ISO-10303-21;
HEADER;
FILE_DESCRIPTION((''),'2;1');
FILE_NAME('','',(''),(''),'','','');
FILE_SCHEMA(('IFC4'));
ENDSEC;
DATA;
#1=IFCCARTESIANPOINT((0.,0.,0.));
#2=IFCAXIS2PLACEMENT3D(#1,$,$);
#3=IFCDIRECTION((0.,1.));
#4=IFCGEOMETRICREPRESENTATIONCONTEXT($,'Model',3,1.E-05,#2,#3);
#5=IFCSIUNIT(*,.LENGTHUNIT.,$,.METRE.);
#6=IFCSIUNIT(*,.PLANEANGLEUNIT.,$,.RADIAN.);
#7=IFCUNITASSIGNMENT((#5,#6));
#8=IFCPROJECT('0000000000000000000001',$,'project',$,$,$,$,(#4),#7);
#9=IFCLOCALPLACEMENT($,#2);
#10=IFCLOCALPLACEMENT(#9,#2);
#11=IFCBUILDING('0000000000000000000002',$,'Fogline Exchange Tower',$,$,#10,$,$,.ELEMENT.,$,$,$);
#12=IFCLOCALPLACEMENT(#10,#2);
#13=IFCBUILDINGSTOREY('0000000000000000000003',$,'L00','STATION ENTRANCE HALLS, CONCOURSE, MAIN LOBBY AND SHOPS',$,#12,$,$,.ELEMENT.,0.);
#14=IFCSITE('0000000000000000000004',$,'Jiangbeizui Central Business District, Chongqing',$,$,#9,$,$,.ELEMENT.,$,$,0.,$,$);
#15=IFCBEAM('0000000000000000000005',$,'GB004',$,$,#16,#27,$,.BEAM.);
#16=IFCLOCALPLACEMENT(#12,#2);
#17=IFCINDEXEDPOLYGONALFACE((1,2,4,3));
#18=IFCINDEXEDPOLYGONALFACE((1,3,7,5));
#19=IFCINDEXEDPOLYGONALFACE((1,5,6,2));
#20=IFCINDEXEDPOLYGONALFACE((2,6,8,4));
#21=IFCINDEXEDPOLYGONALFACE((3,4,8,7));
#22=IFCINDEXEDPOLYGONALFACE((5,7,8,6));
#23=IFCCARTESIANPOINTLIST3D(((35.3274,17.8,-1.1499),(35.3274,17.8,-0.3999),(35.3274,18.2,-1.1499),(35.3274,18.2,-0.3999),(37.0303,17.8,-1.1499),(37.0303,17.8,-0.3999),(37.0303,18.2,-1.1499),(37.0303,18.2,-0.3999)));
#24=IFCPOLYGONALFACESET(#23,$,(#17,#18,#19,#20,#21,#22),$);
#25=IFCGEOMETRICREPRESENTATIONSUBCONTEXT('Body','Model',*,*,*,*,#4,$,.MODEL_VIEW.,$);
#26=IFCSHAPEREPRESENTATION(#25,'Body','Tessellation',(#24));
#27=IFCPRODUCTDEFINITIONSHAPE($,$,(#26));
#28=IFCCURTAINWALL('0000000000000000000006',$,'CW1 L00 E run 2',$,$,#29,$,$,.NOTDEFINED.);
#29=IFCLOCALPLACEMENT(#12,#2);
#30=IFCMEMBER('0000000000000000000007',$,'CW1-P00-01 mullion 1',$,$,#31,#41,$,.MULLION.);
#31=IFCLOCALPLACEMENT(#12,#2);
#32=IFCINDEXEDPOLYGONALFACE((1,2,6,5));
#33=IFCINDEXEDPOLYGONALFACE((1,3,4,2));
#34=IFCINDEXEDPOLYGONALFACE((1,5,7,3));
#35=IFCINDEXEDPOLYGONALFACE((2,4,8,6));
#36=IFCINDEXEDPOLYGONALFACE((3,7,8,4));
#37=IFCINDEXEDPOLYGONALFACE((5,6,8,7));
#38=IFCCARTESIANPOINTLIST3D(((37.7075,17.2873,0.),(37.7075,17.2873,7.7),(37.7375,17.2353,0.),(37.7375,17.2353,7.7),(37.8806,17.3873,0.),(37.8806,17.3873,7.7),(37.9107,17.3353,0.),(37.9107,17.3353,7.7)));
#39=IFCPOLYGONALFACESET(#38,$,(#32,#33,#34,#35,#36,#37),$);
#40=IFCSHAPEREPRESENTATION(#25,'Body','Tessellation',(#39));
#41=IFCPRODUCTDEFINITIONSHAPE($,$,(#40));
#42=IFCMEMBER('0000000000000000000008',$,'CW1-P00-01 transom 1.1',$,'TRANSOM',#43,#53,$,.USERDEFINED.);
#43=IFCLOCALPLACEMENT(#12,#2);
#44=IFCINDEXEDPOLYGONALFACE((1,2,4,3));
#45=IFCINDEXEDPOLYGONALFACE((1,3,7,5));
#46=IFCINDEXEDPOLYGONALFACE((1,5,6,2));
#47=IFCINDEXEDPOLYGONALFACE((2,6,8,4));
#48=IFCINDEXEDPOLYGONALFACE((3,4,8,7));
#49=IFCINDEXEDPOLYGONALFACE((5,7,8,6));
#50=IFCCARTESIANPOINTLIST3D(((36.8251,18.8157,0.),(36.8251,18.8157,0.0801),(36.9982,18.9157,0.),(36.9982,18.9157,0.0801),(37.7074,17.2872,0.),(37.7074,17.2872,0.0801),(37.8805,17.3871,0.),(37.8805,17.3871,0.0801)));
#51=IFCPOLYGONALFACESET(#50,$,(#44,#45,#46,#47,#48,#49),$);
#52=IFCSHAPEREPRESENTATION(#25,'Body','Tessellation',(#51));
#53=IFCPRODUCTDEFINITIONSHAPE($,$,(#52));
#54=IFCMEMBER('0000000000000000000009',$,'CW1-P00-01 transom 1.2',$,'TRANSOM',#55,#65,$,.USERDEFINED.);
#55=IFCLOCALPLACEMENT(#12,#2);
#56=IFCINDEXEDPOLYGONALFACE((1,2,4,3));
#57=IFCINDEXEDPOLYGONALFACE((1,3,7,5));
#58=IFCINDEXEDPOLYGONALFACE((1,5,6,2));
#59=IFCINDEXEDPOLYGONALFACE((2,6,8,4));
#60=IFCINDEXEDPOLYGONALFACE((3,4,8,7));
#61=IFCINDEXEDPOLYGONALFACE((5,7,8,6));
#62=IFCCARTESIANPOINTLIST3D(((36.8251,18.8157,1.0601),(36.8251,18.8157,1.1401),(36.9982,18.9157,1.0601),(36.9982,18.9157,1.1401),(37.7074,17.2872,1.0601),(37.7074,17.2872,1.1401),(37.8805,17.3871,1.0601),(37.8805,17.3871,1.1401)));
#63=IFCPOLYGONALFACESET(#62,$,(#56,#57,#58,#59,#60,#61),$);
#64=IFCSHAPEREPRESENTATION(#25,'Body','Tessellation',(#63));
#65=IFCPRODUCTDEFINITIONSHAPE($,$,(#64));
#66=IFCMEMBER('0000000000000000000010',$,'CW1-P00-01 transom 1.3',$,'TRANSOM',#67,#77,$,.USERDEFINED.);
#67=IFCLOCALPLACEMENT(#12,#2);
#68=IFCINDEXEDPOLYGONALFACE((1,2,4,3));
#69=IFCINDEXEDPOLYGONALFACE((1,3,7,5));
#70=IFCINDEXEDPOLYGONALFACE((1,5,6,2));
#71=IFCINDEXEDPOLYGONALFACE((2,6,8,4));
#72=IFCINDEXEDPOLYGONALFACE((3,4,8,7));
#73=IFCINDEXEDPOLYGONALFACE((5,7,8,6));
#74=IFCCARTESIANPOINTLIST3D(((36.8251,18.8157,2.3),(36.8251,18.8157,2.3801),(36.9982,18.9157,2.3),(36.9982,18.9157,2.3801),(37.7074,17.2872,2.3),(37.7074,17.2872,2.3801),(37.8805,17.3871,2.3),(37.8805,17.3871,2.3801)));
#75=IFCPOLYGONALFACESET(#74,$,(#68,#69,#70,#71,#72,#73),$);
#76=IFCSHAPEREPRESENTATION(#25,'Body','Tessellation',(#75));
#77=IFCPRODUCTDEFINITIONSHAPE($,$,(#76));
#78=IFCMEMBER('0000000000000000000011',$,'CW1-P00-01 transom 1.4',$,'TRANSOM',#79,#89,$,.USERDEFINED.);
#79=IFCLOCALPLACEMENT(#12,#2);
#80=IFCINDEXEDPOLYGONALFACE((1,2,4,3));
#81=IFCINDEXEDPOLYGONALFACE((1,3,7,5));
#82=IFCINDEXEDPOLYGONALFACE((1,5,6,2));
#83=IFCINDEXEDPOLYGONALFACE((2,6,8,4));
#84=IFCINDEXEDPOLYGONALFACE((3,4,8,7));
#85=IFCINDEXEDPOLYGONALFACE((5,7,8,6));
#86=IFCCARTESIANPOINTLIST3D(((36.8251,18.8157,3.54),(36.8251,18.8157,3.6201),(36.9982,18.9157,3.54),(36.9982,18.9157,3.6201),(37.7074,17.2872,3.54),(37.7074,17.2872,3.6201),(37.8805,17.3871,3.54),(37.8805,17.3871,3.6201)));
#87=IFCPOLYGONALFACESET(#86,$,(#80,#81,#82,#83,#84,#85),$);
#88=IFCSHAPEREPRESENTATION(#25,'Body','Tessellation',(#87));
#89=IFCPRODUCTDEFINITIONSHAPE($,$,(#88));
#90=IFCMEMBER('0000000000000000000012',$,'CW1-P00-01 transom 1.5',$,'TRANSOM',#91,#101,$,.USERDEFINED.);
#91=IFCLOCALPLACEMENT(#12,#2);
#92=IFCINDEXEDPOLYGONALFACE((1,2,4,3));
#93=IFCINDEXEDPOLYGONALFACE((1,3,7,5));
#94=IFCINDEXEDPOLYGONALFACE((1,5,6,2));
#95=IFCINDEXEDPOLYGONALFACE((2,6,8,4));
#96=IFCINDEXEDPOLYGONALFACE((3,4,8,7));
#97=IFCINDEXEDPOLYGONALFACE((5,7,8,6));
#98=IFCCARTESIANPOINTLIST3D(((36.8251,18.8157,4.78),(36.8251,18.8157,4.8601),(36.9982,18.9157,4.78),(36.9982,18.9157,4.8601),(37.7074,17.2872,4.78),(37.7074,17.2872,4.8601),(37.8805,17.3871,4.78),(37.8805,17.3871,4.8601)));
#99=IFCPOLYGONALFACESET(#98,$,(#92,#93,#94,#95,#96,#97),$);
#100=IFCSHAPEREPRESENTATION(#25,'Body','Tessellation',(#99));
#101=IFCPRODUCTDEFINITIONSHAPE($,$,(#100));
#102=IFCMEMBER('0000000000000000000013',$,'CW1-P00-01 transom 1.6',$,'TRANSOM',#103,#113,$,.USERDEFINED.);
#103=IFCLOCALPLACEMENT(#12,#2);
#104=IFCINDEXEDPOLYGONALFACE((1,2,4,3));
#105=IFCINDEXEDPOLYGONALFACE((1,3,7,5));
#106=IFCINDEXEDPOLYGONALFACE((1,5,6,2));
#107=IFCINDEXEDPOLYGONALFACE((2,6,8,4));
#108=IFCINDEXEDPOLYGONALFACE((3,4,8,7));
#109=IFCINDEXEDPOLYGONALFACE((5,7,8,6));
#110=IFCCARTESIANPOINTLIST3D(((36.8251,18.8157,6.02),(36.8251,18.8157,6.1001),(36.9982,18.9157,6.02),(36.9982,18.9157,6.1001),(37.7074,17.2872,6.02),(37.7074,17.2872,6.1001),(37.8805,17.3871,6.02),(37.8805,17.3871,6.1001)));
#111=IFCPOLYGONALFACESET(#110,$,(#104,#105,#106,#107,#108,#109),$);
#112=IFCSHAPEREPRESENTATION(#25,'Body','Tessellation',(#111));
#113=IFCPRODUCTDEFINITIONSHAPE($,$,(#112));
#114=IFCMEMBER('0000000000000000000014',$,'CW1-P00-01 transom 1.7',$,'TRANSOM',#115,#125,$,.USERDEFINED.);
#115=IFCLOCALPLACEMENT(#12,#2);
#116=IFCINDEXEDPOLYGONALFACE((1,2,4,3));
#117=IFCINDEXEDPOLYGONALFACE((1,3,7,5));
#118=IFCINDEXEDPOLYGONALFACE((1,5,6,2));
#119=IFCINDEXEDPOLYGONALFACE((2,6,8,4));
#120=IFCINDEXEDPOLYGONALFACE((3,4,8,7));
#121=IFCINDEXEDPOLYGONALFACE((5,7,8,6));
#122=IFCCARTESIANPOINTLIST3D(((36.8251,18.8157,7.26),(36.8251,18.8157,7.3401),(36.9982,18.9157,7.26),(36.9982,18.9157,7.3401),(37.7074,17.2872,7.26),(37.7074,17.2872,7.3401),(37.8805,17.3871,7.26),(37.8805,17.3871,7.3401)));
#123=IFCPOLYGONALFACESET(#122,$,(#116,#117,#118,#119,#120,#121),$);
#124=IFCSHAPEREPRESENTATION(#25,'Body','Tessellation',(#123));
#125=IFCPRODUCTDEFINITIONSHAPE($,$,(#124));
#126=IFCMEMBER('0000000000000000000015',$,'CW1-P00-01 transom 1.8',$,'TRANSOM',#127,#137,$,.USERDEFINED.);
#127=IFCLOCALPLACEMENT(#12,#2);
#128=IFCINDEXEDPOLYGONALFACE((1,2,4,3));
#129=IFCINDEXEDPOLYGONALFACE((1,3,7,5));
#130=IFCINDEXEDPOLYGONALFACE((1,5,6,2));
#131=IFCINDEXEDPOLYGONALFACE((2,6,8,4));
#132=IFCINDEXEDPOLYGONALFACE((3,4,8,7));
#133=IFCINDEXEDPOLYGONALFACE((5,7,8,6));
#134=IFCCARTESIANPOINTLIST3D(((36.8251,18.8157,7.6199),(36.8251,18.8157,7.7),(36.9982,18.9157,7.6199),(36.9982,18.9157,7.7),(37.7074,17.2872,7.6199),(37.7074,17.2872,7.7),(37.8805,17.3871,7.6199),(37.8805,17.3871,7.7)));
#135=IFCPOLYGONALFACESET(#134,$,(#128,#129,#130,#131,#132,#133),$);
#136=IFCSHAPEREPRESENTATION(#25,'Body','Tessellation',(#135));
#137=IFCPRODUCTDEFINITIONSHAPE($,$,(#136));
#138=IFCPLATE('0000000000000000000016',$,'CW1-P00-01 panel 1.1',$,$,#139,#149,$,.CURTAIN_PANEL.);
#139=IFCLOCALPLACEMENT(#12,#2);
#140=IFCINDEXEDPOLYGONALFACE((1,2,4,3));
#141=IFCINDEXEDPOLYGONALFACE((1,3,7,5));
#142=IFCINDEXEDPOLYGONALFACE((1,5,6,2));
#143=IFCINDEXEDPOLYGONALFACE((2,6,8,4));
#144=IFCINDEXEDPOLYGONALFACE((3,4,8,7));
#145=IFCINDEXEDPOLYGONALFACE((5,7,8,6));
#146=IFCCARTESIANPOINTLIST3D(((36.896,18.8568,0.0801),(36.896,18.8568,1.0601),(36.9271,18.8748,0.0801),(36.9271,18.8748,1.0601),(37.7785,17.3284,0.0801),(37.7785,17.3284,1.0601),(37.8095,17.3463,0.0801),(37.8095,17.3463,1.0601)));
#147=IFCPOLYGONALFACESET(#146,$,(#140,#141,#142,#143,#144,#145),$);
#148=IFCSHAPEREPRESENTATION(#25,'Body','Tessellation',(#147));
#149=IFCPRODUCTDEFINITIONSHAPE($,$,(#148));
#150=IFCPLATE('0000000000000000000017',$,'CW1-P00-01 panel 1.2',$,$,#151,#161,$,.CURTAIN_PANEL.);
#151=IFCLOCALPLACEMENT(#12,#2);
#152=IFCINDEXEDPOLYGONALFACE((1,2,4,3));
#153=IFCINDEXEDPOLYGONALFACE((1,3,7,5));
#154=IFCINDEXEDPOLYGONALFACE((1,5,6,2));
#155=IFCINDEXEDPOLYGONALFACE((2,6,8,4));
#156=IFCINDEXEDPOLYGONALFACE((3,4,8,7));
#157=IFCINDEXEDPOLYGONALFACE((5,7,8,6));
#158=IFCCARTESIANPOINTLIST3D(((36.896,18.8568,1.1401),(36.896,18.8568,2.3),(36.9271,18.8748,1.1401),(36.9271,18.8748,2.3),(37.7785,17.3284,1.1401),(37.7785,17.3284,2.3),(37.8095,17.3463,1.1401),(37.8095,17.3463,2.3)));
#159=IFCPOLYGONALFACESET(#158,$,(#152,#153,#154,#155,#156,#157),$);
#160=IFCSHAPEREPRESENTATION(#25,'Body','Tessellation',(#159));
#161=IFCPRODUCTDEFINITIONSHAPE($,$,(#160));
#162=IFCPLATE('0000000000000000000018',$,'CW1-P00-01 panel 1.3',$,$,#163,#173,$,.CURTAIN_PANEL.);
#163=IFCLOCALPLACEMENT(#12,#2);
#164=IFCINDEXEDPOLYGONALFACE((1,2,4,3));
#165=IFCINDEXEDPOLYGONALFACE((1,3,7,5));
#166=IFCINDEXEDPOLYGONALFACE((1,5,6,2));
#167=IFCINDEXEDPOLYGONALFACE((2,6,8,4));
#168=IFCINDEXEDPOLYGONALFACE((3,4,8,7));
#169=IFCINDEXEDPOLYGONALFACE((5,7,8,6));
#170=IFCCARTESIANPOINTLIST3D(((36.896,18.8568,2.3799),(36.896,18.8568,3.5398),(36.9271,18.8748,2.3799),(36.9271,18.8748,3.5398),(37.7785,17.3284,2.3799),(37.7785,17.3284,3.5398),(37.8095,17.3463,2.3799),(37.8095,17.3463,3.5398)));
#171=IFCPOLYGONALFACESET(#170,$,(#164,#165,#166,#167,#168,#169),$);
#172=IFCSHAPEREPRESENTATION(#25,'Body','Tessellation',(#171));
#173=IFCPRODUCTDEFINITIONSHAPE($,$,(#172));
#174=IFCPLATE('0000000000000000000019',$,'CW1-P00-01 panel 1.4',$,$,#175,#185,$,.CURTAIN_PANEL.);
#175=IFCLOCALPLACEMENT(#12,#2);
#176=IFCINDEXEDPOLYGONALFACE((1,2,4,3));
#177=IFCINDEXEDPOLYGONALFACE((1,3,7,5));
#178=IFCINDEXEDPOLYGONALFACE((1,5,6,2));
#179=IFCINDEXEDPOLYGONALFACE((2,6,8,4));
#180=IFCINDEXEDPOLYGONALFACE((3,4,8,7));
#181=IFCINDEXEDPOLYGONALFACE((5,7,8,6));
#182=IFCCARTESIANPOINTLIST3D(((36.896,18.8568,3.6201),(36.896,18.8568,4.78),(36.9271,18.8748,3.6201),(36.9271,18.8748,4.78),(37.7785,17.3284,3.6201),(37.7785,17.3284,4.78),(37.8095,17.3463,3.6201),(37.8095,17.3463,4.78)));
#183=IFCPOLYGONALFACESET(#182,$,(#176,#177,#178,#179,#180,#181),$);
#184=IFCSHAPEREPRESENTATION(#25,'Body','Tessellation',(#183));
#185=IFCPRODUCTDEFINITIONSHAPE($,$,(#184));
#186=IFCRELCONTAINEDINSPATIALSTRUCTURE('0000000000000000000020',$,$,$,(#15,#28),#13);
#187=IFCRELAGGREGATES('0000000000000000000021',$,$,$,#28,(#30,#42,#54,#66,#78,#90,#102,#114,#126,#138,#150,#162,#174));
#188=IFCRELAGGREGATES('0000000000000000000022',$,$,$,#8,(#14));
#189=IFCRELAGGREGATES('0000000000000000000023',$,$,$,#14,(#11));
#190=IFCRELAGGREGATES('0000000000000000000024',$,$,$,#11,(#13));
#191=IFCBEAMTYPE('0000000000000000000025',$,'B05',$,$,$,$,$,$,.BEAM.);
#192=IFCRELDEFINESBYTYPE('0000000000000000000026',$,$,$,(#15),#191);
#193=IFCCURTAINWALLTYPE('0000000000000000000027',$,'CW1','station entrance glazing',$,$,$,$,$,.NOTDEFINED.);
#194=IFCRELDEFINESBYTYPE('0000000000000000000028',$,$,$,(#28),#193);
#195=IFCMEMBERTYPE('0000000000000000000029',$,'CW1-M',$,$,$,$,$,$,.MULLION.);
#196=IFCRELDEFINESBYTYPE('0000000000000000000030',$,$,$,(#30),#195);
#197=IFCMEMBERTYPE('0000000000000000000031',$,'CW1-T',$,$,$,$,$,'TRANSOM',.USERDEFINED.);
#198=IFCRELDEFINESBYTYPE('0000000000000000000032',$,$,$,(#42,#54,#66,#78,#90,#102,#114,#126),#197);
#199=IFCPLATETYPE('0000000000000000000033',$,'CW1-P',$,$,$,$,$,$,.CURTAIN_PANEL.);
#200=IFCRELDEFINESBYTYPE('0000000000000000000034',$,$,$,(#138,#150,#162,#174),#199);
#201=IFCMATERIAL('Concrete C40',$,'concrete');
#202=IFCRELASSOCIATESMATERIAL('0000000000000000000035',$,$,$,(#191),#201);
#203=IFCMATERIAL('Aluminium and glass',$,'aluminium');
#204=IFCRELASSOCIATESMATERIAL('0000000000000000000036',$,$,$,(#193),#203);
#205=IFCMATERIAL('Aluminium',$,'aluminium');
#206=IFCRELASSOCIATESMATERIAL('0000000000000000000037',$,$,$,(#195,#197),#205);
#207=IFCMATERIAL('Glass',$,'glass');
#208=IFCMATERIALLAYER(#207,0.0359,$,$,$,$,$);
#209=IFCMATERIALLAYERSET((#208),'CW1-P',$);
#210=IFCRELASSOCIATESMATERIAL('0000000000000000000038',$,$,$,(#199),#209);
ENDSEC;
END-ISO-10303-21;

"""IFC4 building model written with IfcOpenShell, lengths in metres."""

from ifc_helpers import new_model, si_unit, direction, frame, origin, origin_2d, place, context, subcontext, project, spatial, rectangle, extrude, material, layer, layer_set, material_profile, profile_set, type_object, element, aggregate, save


model = new_model("IFC4")

# Units and contexts
model_context = context("Model", 3, precision=1e-05, world=origin(), true_north=direction((0.0, 1.0)))
body_context = subcontext(model_context, "Body", "Model", "MODEL_VIEW")
ifc_project = project(units=[si_unit("LENGTHUNIT", "METRE"), si_unit("PLANEANGLEUNIT", "RADIAN")], contexts=[model_context])

# Site, building, storey
site_placement = place(None, origin())
site = spatial("IfcSite", under=ifc_project, at=site_placement, Name="Jiangbeizui Central Business District, Chongqing", CompositionType="ELEMENT", RefElevation=0.0)
building_placement = place(site_placement, origin())
building = spatial("IfcBuilding", under=site, at=building_placement, Name="Fogline Exchange Tower", CompositionType="ELEMENT")
storey_placement = place(building_placement, origin())
storey = spatial("IfcBuildingStorey", under=building, at=storey_placement, Name="L00", Description="STATION ENTRANCE HALLS, CONCOURSE, MAIN LOBBY AND SHOPS", CompositionType="ELEMENT", Elevation=0.0)

# Beam
ifc_material_1 = material(Name="Concrete C40", Category="concrete")
ifc_material_profile_1 = material_profile(ifc_material_1, rectangle(XDim=0.3999, YDim=0.75, at=origin_2d()), Name="RC 400x750")
ifc_profile_set_1 = profile_set([ifc_material_profile_1], Name="Concrete C40")
beam_type = type_object("IfcBeamType", Name="B05", PredefinedType="BEAM", material=ifc_profile_set_1)
beam_placement = place(storey_placement, frame((35.3274, 18.0, -0.7749), z_axis=(1.0, 0.0, 0.0), x_axis=(0.0, 1.0, 0.0)))
element("IfcBeam", 1, at=beam_placement, inside=storey, type_object=beam_type, Name="GB004", PredefinedType="BEAM", context=body_context, shape_type="SweptSolid", body=[
    extrude(rectangle(XDim=0.3999, YDim=0.75, at=origin_2d()), origin(), (0.0, 0.0, 1.0), 1.7029),
])

# Curtain wall, members, plates
ifc_material_2 = material(Name="Aluminium and glass", Category="aluminium")
curtain_wall_type = type_object("IfcCurtainWallType", Name="CW1", Description="station entrance glazing", PredefinedType="NOTDEFINED", material=ifc_material_2)
curtain_wall_placement = place(storey_placement, origin())
curtain_wall = element("IfcCurtainWall", 2, at=curtain_wall_placement, inside=storey, type_object=curtain_wall_type, Name="CW1 L00 E run 2", PredefinedType="NOTDEFINED")
ifc_material_3 = material(Name="Aluminium", Category="aluminium")
ifc_material_profile_2 = material_profile(ifc_material_3, rectangle(XDim=0.2, YDim=0.0601, at=origin_2d()), Name="Mullion 60x200")
ifc_profile_set_2 = profile_set([ifc_material_profile_2], Name="Aluminium")
member_type_1 = type_object("IfcMemberType", Name="CW1-M", PredefinedType="MULLION", material=ifc_profile_set_2)
member_1_placement = place(storey_placement, frame((37.8091, 17.3113, 0.0), z_axis=(0.0, 0.0, 1.0), x_axis=(-0.866026, -0.5, 0.0)))
member_1 = element("IfcMember", 3, at=member_1_placement, type_object=member_type_1, Name="CW1-P00-01 mullion 1", PredefinedType="MULLION", context=body_context, shape_type="SweptSolid", body=[
    extrude(rectangle(XDim=0.2, YDim=0.0601, at=origin_2d()), origin(), (0.0, 0.0, 1.0), 7.7),
])
ifc_material_profile_3 = material_profile(ifc_material_3, rectangle(XDim=0.2, YDim=0.0801, at=origin_2d()), Name="Transom 80x200")
ifc_profile_set_3 = profile_set([ifc_material_profile_3], Name="Aluminium")
member_type_2 = type_object("IfcMemberType", Name="CW1-T", ElementType="TRANSOM", PredefinedType="USERDEFINED", material=ifc_profile_set_3)
member_2_placement = place(storey_placement, frame((37.7939, 17.3372, 0.04), z_axis=(-0.499918, 0.866073, 0.0), x_axis=(-0.866073, -0.499918, 0.0)))
member_2 = element("IfcMember", 4, at=member_2_placement, type_object=member_type_2, Name="CW1-P00-01 transom 1.1", ObjectType="TRANSOM", PredefinedType="USERDEFINED", context=body_context, shape_type="SweptSolid", body=[
    extrude(rectangle(XDim=0.2, YDim=0.0801, at=origin_2d()), origin(), (0.0, 0.0, 1.0), 1.7649),
])
member_3_placement = place(storey_placement, frame((37.7939, 17.3372, 1.1001), z_axis=(-0.499918, 0.866073, 0.0), x_axis=(-0.866073, -0.499918, 0.0)))
member_3 = element("IfcMember", 5, at=member_3_placement, type_object=member_type_2, Name="CW1-P00-01 transom 1.2", ObjectType="TRANSOM", PredefinedType="USERDEFINED", context=body_context, shape_type="SweptSolid", body=[
    extrude(rectangle(XDim=0.2, YDim=0.0801, at=origin_2d()), origin(), (0.0, 0.0, 1.0), 1.7649),
])
member_4_placement = place(storey_placement, frame((37.7939, 17.3372, 2.3401), z_axis=(-0.499918, 0.866073, 0.0), x_axis=(-0.866073, -0.499918, 0.0)))
member_4 = element("IfcMember", 6, at=member_4_placement, type_object=member_type_2, Name="CW1-P00-01 transom 1.3", ObjectType="TRANSOM", PredefinedType="USERDEFINED", context=body_context, shape_type="SweptSolid", body=[
    extrude(rectangle(XDim=0.2, YDim=0.0801, at=origin_2d()), origin(), (0.0, 0.0, 1.0), 1.7649),
])
member_5_placement = place(storey_placement, frame((37.7939, 17.3372, 3.5801), z_axis=(-0.499918, 0.866073, 0.0), x_axis=(-0.866073, -0.499918, 0.0)))
member_5 = element("IfcMember", 7, at=member_5_placement, type_object=member_type_2, Name="CW1-P00-01 transom 1.4", ObjectType="TRANSOM", PredefinedType="USERDEFINED", context=body_context, shape_type="SweptSolid", body=[
    extrude(rectangle(XDim=0.2, YDim=0.0801, at=origin_2d()), origin(), (0.0, 0.0, 1.0), 1.7649),
])
member_6_placement = place(storey_placement, frame((37.7939, 17.3372, 4.8201), z_axis=(-0.499918, 0.866073, 0.0), x_axis=(-0.866073, -0.499918, 0.0)))
member_6 = element("IfcMember", 8, at=member_6_placement, type_object=member_type_2, Name="CW1-P00-01 transom 1.5", ObjectType="TRANSOM", PredefinedType="USERDEFINED", context=body_context, shape_type="SweptSolid", body=[
    extrude(rectangle(XDim=0.2, YDim=0.0801, at=origin_2d()), origin(), (0.0, 0.0, 1.0), 1.7649),
])
member_7_placement = place(storey_placement, frame((37.7939, 17.3372, 6.0601), z_axis=(-0.499918, 0.866073, 0.0), x_axis=(-0.866073, -0.499918, 0.0)))
member_7 = element("IfcMember", 9, at=member_7_placement, type_object=member_type_2, Name="CW1-P00-01 transom 1.6", ObjectType="TRANSOM", PredefinedType="USERDEFINED", context=body_context, shape_type="SweptSolid", body=[
    extrude(rectangle(XDim=0.2, YDim=0.0801, at=origin_2d()), origin(), (0.0, 0.0, 1.0), 1.7649),
])
member_8_placement = place(storey_placement, frame((37.7939, 17.3372, 7.3), z_axis=(-0.499918, 0.866073, 0.0), x_axis=(-0.866073, -0.499918, 0.0)))
member_8 = element("IfcMember", 10, at=member_8_placement, type_object=member_type_2, Name="CW1-P00-01 transom 1.7", ObjectType="TRANSOM", PredefinedType="USERDEFINED", context=body_context, shape_type="SweptSolid", body=[
    extrude(rectangle(XDim=0.2, YDim=0.0801, at=origin_2d()), origin(), (0.0, 0.0, 1.0), 1.7649),
])
member_9_placement = place(storey_placement, frame((37.7939, 17.3372, 7.6599), z_axis=(-0.499918, 0.866073, 0.0), x_axis=(-0.866073, -0.499918, 0.0)))
member_9 = element("IfcMember", 11, at=member_9_placement, type_object=member_type_2, Name="CW1-P00-01 transom 1.8", ObjectType="TRANSOM", PredefinedType="USERDEFINED", context=body_context, shape_type="SweptSolid", body=[
    extrude(rectangle(XDim=0.2, YDim=0.0801, at=origin_2d()), origin(), (0.0, 0.0, 1.0), 1.7649),
])
ifc_material_4 = material(Name="Glass", Category="glass")
ifc_layer_1 = layer(ifc_material_4, 0.0359)
ifc_layer_set_1 = layer_set([ifc_layer_1], Name="CW1-P")
plate_type = type_object("IfcPlateType", Name="CW1-P", PredefinedType="CURTAIN_PANEL", material=ifc_layer_set_1)
plate_1_placement = place(storey_placement, frame((37.3528, 18.1016, 0.0801), z_axis=(0.0, 0.0, 1.0), x_axis=(-0.5, 0.866026, 0.0)))
plate_1 = element("IfcPlate", 12, at=plate_1_placement, type_object=plate_type, Name="CW1-P00-01 panel 1.1", PredefinedType="CURTAIN_PANEL", context=body_context, shape_type="SweptSolid", body=[
    extrude(rectangle(XDim=1.7649, YDim=0.0359, at=origin_2d()), origin(), (0.0, 0.0, 1.0), 0.98),
])
plate_2_placement = place(storey_placement, frame((37.3528, 18.1016, 1.1401), z_axis=(0.0, 0.0, 1.0), x_axis=(-0.5, 0.866026, 0.0)))
plate_2 = element("IfcPlate", 13, at=plate_2_placement, type_object=plate_type, Name="CW1-P00-01 panel 1.2", PredefinedType="CURTAIN_PANEL", context=body_context, shape_type="SweptSolid", body=[
    extrude(rectangle(XDim=1.7649, YDim=0.0359, at=origin_2d()), origin(), (0.0, 0.0, 1.0), 1.1599),
])
plate_3_placement = place(storey_placement, frame((37.3528, 18.1016, 2.3799), z_axis=(0.0, 0.0, 1.0), x_axis=(-0.5, 0.866026, 0.0)))
plate_3 = element("IfcPlate", 14, at=plate_3_placement, type_object=plate_type, Name="CW1-P00-01 panel 1.3", PredefinedType="CURTAIN_PANEL", context=body_context, shape_type="SweptSolid", body=[
    extrude(rectangle(XDim=1.7649, YDim=0.0359, at=origin_2d()), origin(), (0.0, 0.0, 1.0), 1.1599),
])
plate_4_placement = place(storey_placement, frame((37.3528, 18.1016, 3.6201), z_axis=(0.0, 0.0, 1.0), x_axis=(-0.5, 0.866026, 0.0)))
plate_4 = element("IfcPlate", 15, at=plate_4_placement, type_object=plate_type, Name="CW1-P00-01 panel 1.4", PredefinedType="CURTAIN_PANEL", context=body_context, shape_type="SweptSolid", body=[
    extrude(rectangle(XDim=1.7649, YDim=0.0359, at=origin_2d()), origin(), (0.0, 0.0, 1.0), 1.1599),
])
aggregate(curtain_wall, [member_1, member_2, member_3, member_4, member_5, member_6, member_7, member_8, member_9, plate_1, plate_2, plate_3, plate_4])

save(model, "model.ifc")
